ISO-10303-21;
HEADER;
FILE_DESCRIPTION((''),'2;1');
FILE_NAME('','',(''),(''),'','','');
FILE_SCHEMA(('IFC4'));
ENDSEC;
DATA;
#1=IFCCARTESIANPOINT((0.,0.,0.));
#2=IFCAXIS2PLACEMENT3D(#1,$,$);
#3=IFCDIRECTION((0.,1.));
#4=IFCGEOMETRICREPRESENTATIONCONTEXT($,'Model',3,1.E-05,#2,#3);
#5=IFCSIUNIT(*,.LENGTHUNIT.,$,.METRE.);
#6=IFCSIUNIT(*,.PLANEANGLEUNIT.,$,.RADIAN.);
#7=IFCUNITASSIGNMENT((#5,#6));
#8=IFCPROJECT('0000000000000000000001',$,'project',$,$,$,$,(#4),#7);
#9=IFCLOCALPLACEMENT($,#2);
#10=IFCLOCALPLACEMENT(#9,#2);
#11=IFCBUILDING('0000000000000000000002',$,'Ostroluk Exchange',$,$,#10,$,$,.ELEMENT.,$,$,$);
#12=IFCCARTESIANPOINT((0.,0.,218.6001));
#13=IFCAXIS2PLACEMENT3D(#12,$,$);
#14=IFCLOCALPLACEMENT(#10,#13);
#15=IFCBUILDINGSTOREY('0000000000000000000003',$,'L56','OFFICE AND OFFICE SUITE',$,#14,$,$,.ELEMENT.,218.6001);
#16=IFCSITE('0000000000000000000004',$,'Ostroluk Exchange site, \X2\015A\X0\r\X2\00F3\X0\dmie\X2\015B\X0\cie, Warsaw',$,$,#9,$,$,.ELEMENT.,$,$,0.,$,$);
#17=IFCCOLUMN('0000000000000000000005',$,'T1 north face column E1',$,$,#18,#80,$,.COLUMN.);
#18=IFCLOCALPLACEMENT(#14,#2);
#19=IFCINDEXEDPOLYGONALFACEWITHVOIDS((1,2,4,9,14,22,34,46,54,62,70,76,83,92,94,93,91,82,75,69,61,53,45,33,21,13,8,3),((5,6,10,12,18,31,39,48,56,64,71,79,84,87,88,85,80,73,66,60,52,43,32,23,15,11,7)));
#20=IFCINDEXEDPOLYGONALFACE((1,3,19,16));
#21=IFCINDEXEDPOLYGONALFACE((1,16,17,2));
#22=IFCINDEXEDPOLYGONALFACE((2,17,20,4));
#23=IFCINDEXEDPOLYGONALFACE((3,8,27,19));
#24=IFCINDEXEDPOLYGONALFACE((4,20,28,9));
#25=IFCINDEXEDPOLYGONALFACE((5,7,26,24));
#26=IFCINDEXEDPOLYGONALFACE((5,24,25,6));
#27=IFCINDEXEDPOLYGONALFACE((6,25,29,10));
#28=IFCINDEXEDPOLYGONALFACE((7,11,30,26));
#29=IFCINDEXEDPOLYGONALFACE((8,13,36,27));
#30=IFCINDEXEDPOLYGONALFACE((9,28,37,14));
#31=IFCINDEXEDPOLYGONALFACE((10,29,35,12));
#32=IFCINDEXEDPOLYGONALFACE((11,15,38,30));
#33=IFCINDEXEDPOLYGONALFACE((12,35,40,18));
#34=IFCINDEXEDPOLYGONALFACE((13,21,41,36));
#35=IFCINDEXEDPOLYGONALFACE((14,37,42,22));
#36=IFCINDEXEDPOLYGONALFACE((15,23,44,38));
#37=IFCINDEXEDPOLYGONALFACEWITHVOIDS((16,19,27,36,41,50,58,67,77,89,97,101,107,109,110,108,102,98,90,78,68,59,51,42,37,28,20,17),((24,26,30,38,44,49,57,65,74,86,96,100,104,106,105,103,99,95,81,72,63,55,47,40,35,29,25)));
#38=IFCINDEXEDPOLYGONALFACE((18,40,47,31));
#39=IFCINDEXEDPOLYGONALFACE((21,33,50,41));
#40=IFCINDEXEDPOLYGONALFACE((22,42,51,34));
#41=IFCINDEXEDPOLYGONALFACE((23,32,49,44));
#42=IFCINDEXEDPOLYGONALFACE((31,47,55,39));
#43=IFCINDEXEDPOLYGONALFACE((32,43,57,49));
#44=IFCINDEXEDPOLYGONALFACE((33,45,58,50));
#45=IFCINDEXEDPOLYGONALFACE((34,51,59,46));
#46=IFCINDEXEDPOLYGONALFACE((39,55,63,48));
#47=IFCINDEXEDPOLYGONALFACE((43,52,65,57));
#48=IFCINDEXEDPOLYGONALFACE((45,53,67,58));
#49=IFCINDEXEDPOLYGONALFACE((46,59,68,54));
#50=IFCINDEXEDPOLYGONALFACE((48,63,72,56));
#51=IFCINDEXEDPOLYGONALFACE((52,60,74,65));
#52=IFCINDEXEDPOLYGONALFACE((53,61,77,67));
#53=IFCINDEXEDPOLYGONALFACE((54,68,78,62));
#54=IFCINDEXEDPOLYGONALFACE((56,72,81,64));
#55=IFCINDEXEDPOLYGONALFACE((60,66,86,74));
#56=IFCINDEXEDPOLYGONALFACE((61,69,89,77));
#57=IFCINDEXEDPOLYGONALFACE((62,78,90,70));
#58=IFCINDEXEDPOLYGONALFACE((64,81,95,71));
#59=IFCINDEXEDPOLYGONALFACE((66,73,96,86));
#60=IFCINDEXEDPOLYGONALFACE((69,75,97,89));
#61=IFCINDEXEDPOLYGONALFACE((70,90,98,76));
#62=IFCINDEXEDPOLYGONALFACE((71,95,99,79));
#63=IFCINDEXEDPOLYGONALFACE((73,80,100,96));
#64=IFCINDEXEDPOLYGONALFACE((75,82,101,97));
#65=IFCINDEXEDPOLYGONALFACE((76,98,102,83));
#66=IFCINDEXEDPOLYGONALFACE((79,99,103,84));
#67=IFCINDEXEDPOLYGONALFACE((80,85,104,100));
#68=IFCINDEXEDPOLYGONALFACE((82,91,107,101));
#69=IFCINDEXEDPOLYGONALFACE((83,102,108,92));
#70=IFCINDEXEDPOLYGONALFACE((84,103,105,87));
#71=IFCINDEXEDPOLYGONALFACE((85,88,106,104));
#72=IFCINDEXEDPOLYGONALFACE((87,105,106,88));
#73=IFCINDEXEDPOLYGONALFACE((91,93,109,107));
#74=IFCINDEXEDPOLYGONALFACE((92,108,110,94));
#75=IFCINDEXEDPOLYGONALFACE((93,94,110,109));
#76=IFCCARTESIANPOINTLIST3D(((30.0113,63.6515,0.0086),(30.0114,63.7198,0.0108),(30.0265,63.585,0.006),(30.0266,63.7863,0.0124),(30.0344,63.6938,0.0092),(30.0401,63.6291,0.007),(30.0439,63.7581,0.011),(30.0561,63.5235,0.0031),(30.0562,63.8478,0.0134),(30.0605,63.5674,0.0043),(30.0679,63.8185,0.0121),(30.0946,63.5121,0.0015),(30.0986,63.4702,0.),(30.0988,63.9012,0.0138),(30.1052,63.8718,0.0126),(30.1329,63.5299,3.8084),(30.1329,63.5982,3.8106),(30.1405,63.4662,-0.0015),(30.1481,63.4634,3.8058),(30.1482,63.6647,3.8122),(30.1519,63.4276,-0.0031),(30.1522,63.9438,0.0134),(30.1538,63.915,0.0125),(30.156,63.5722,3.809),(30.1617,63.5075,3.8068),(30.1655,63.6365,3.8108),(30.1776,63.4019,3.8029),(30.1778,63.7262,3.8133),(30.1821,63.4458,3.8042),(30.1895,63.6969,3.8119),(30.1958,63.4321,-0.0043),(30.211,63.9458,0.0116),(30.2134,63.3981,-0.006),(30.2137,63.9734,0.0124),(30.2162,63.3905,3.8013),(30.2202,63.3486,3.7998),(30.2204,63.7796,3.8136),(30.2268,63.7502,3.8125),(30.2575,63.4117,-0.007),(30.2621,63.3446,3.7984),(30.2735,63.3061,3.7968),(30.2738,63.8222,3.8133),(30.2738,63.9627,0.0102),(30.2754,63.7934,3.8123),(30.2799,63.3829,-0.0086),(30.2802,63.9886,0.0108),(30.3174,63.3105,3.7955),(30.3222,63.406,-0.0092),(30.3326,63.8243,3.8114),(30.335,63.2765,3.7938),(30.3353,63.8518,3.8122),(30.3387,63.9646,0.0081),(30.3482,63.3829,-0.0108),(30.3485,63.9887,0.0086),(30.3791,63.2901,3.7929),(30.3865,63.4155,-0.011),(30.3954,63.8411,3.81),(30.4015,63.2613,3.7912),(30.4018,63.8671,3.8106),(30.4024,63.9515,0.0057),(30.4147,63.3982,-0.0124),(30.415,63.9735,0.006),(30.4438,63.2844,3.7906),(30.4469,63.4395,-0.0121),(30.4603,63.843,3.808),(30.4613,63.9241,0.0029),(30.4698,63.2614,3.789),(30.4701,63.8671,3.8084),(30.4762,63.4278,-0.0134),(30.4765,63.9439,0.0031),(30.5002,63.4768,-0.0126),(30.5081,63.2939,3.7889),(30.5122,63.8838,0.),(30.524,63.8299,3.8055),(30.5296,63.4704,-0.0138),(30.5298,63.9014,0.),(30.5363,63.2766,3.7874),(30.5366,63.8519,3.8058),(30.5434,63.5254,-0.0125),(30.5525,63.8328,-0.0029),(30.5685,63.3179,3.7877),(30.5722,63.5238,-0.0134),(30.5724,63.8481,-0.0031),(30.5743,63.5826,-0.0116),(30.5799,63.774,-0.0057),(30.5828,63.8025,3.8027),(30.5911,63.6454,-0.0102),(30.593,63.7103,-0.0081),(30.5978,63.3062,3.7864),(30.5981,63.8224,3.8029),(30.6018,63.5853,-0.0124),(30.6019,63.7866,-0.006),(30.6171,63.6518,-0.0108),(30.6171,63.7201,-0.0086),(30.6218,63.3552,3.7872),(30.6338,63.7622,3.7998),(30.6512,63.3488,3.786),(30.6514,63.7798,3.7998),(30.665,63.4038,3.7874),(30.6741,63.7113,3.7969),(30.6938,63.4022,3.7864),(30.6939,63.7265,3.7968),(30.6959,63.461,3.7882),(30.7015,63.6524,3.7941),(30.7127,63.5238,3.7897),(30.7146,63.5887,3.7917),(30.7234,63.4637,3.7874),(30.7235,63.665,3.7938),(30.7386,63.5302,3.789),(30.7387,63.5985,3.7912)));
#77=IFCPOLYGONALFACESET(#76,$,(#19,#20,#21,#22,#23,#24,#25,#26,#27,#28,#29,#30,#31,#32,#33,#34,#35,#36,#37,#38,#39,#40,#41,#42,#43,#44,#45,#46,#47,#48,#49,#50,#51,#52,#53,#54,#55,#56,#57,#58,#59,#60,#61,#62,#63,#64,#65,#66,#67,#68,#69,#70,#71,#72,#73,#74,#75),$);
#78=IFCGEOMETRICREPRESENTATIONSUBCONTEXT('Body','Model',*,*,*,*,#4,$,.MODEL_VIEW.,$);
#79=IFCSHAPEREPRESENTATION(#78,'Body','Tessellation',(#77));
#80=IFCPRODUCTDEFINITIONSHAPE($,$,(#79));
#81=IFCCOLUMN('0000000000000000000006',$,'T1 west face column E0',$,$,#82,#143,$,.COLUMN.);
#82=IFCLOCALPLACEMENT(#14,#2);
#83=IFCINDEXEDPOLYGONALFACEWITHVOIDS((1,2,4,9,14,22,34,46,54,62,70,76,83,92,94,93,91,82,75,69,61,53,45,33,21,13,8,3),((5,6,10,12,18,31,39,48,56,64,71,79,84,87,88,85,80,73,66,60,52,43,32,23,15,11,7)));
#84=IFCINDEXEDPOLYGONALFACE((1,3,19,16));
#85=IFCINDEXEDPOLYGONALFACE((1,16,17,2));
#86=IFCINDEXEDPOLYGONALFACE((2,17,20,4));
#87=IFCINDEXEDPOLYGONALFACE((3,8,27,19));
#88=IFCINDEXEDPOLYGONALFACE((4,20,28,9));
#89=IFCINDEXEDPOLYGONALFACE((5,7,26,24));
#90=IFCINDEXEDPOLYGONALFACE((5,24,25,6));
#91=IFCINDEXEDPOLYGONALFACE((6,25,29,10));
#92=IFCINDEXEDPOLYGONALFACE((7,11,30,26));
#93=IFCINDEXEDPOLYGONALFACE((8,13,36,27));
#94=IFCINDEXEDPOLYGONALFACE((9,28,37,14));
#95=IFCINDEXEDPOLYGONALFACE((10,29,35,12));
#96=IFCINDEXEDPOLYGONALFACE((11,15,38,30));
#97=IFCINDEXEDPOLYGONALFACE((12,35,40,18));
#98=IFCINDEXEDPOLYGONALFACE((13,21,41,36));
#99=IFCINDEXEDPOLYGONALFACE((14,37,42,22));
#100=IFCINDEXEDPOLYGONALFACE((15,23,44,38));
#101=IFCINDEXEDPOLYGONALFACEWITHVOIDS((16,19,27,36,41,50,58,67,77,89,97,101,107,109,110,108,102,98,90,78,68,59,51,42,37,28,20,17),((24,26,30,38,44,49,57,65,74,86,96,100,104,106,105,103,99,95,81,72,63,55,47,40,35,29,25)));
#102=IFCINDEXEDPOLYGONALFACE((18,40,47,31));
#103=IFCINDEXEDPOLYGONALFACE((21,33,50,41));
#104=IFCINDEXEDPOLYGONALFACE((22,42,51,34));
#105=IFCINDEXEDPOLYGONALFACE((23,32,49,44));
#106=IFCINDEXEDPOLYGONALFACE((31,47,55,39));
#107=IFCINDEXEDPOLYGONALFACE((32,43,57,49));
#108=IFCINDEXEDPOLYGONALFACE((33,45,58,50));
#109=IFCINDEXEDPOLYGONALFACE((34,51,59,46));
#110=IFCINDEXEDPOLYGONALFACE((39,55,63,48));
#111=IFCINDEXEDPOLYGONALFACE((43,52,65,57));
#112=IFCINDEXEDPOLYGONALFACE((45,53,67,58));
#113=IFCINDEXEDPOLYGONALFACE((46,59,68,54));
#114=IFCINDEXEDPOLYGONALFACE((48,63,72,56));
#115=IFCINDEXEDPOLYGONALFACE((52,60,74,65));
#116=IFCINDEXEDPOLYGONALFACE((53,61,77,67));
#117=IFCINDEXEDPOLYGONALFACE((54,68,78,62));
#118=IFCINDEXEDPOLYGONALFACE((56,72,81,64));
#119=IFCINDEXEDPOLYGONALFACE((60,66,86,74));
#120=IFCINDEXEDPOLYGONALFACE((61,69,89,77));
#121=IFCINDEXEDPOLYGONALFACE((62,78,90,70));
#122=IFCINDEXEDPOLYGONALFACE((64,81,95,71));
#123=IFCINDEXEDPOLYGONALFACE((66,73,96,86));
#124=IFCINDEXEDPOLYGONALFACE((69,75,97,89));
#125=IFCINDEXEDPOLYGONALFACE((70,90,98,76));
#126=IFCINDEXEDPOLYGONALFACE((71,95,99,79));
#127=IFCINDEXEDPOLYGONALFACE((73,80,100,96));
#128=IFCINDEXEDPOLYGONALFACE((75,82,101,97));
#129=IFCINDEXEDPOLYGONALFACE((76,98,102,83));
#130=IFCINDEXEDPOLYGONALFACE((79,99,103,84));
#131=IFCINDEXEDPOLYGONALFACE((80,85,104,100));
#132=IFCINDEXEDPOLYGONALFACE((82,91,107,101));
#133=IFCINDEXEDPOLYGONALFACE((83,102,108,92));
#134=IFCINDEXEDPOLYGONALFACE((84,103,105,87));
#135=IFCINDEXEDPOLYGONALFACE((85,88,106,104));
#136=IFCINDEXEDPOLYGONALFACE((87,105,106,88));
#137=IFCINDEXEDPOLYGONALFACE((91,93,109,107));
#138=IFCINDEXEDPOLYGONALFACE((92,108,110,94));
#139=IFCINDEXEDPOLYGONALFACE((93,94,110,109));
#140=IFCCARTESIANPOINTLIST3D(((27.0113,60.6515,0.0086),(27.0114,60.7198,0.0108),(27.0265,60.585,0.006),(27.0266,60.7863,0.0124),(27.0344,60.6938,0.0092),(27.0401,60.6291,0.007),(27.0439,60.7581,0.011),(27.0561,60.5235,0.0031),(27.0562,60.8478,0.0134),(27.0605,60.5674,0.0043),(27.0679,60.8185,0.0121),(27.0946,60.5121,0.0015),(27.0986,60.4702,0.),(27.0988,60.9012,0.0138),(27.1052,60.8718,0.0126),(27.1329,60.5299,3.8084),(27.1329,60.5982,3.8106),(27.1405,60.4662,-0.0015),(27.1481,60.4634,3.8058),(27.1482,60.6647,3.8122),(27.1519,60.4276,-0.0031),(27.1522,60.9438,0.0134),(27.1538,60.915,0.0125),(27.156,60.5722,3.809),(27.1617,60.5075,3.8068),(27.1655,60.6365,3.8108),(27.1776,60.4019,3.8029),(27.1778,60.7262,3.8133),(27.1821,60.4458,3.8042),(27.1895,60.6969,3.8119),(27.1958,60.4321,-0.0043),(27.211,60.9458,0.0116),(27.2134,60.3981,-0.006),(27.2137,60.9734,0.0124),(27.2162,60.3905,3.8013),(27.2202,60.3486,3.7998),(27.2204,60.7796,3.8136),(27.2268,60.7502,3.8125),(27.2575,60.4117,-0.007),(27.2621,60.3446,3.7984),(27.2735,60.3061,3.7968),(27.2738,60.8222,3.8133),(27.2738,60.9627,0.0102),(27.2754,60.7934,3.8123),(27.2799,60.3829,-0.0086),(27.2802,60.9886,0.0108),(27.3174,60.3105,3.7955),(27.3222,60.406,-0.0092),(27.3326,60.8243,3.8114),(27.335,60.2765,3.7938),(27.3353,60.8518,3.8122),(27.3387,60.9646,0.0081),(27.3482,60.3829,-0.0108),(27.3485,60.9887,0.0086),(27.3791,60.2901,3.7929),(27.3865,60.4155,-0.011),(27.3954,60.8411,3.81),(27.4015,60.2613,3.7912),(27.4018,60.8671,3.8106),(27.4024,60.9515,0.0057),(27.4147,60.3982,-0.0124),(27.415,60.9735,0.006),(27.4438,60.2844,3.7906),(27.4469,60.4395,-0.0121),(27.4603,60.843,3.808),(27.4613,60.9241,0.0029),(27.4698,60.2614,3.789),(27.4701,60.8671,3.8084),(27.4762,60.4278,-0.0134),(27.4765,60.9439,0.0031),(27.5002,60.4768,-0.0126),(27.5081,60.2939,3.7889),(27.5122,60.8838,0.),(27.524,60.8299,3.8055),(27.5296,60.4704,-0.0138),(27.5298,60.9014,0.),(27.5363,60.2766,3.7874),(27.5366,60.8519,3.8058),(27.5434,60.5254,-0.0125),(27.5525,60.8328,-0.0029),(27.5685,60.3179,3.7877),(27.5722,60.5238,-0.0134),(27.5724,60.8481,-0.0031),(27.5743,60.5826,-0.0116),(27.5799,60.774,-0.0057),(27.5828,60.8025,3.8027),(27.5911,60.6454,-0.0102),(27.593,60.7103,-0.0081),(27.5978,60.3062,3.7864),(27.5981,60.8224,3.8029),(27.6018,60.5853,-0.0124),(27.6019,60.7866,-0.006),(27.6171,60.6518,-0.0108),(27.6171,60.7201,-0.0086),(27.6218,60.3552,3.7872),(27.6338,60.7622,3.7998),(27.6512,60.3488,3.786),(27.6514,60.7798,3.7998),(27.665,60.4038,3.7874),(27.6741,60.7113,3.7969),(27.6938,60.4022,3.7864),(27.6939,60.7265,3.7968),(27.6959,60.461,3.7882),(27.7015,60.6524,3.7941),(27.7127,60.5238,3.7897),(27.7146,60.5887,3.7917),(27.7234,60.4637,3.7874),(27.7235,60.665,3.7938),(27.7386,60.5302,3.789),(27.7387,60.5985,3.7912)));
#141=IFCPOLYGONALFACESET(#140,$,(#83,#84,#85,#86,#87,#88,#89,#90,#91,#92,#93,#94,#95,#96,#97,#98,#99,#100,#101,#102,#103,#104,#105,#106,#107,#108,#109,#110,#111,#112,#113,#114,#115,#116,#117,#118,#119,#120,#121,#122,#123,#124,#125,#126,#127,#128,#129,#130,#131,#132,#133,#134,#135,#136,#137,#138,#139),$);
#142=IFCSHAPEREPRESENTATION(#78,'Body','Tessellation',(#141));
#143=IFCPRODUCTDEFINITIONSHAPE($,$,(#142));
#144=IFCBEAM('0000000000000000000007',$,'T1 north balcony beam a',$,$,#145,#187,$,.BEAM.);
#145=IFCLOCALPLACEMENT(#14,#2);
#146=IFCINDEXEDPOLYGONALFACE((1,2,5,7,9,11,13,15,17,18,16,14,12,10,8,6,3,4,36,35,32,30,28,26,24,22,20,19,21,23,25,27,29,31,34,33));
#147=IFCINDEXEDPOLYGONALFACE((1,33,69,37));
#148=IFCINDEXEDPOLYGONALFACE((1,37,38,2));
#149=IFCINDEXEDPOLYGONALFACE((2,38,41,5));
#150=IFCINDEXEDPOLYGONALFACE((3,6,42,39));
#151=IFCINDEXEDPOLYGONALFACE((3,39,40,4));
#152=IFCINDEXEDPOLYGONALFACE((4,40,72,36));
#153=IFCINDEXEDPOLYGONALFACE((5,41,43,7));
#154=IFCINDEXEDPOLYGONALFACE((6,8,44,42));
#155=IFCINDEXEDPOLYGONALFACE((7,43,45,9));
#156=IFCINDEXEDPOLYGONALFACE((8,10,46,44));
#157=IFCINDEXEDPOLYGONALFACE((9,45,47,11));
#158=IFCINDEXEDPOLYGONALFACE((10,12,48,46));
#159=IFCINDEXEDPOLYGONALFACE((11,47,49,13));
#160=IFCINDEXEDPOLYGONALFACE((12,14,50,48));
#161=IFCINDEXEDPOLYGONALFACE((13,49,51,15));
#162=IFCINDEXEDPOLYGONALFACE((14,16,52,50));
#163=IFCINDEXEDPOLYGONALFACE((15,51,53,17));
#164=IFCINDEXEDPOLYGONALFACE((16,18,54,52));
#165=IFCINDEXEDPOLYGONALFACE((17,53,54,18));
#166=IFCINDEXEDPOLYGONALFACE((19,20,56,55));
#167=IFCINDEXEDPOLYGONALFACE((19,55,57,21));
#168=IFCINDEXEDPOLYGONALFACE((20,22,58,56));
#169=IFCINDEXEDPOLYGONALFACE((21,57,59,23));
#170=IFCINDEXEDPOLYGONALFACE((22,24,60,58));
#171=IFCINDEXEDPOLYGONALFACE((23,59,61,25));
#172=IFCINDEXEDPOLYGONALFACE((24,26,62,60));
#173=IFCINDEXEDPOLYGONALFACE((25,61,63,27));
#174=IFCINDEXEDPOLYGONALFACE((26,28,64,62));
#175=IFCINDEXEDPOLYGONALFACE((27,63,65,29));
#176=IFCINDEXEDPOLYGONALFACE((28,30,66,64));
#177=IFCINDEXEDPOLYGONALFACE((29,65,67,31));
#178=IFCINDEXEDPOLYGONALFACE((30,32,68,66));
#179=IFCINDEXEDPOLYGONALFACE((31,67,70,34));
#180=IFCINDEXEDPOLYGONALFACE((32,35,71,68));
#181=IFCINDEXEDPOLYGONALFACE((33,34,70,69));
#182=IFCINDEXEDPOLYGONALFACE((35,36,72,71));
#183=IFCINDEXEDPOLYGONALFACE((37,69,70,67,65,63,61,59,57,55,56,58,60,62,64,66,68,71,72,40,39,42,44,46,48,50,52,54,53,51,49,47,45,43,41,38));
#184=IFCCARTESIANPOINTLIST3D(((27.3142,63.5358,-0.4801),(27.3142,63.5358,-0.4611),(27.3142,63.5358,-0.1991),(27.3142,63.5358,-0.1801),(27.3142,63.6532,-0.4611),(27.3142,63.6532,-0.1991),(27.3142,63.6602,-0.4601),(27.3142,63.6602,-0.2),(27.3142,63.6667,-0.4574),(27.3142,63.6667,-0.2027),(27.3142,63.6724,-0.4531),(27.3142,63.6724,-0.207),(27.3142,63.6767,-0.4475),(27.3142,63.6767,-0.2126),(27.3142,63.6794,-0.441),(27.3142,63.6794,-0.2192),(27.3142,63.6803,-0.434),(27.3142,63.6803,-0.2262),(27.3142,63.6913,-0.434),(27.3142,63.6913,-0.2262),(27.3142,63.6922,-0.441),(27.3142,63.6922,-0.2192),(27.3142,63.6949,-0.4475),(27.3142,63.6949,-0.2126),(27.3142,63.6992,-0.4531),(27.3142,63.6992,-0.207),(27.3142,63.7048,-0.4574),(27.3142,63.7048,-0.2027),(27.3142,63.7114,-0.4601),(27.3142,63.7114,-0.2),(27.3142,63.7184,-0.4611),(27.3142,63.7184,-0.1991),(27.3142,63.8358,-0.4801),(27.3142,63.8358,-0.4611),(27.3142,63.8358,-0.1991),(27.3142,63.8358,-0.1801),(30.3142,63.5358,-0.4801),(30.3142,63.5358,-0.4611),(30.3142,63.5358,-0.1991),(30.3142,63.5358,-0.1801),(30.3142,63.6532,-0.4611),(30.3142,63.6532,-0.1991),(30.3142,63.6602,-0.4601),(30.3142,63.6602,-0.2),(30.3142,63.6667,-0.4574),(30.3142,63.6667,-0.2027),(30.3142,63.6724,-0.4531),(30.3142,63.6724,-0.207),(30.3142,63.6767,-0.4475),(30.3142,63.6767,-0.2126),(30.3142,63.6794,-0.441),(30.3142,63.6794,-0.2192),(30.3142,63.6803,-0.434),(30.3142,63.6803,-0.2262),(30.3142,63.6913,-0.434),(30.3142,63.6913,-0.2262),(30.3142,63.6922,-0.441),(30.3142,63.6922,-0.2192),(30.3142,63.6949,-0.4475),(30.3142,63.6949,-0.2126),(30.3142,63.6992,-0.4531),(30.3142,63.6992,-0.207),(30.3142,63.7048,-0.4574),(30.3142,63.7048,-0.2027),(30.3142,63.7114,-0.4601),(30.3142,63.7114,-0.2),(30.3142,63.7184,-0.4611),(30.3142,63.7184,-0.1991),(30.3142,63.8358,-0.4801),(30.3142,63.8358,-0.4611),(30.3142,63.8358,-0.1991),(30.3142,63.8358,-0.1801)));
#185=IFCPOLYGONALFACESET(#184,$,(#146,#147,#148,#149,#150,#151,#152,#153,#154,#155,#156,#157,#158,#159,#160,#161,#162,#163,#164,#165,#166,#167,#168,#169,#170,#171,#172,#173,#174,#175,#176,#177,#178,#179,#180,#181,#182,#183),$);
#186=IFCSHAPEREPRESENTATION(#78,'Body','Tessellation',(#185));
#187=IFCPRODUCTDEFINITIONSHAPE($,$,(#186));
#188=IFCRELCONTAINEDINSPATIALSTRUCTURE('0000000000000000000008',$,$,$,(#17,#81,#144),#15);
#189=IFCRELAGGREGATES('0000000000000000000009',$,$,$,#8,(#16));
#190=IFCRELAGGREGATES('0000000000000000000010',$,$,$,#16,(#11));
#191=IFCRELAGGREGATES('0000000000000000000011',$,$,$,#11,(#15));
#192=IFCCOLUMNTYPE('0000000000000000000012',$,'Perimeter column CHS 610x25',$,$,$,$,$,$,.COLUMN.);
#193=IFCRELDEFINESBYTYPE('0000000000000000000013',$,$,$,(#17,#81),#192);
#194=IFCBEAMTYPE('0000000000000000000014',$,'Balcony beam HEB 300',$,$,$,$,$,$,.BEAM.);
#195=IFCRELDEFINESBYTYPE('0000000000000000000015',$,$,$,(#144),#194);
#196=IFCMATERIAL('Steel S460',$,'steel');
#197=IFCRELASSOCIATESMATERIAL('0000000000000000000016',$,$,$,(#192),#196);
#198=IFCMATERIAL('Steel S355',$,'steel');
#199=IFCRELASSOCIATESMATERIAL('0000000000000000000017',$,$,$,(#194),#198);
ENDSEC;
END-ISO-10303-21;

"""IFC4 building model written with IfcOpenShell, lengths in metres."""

from ifc_helpers import new_model, si_unit, direction, frame, origin, origin_2d, place, context, subcontext, project, spatial, hollow_circle, i_section, extrude, material, material_profile, profile_set, type_object, element, save


model = new_model("IFC4")

# Units and contexts
model_context = context("Model", 3, precision=1e-05, world=origin(), true_north=direction((0.0, 1.0)))
body_context = subcontext(model_context, "Body", "Model", "MODEL_VIEW")
ifc_project = project(units=[si_unit("LENGTHUNIT", "METRE"), si_unit("PLANEANGLEUNIT", "RADIAN")], contexts=[model_context])

# Site, building, storey
site_placement = place(None, origin())
site = spatial("IfcSite", under=ifc_project, at=site_placement, Name="Ostroluk Exchange site, Śródmieście, Warsaw", CompositionType="ELEMENT", RefElevation=0.0)
building_placement = place(site_placement, origin())
building = spatial("IfcBuilding", under=site, at=building_placement, Name="Ostroluk Exchange", CompositionType="ELEMENT")
storey_placement = place(building_placement, frame((0.0, 0.0, 218.6001)))
storey = spatial("IfcBuildingStorey", under=building, at=storey_placement, Name="L56", Description="OFFICE AND OFFICE SUITE", CompositionType="ELEMENT", Elevation=218.6001)

# Columns
ifc_material_1 = material(Name="Steel S460", Category="steel")
ifc_material_profile_1 = material_profile(ifc_material_1, hollow_circle(Radius=0.3049, WallThickness=0.0249, at=origin_2d()), Name="CHS 610x25")
ifc_profile_set_1 = profile_set([ifc_material_profile_1], Name="Steel S460")
column_type = type_object("IfcColumnType", Name="Perimeter column CHS 610x25", PredefinedType="COLUMN", material=ifc_profile_set_1)
for number, where, z_axis, x_axis, name in (
    (1, (30.3142, 63.6858, 0.0), (0.031964, -0.031964, 0.998978), (0.707107, 0.707107, 0.0), "T1 north face column E1"),
    (2, (27.3142, 60.6858, 0.0), (0.031964, -0.031964, 0.998978), (0.707107, 0.707107, 0.0), "T1 west face column E0"),
):
    element("IfcColumn", number, at=place(storey_placement, frame(where, z_axis=z_axis, x_axis=x_axis)), inside=storey, type_object=column_type, Name=name, PredefinedType="COLUMN", context=body_context, shape_type="SweptSolid", body=[
        extrude(hollow_circle(Radius=0.3049, WallThickness=0.0249, at=origin_2d()), origin(), (0.0, 0.0, 1.0), 3.8037),
    ])

# Beam
ifc_material_2 = material(Name="Steel S355", Category="steel")
ifc_material_profile_2 = material_profile(ifc_material_2, i_section(OverallWidth=0.3, OverallDepth=0.3, WebThickness=0.011, FlangeThickness=0.019, FilletRadius=0.0271, at=origin_2d()), Name="HEB 300")
ifc_profile_set_2 = profile_set([ifc_material_profile_2], Name="Steel S355")
beam_type_1 = type_object("IfcBeamType", Name="Balcony beam HEB 300", PredefinedType="BEAM", material=ifc_profile_set_2)
for number, where, z_axis, x_axis, name in (
    (3, (30.3142, 63.6858, -0.3301), (-1.0, 0.0, 0.0), (0.0, -1.0, 0.0), "T1 north balcony beam a"),
):
    element("IfcBeam", number, at=place(storey_placement, frame(where, z_axis=z_axis, x_axis=x_axis)), inside=storey, type_object=beam_type_1, Name=name, PredefinedType="BEAM", context=body_context, shape_type="SweptSolid", body=[
        extrude(i_section(OverallWidth=0.3, OverallDepth=0.3, WebThickness=0.011, FlangeThickness=0.019, FilletRadius=0.0271, at=origin_2d()), origin(), (0.0, 0.0, 1.0), 3.0),
    ])

save(model, "model.ifc")
